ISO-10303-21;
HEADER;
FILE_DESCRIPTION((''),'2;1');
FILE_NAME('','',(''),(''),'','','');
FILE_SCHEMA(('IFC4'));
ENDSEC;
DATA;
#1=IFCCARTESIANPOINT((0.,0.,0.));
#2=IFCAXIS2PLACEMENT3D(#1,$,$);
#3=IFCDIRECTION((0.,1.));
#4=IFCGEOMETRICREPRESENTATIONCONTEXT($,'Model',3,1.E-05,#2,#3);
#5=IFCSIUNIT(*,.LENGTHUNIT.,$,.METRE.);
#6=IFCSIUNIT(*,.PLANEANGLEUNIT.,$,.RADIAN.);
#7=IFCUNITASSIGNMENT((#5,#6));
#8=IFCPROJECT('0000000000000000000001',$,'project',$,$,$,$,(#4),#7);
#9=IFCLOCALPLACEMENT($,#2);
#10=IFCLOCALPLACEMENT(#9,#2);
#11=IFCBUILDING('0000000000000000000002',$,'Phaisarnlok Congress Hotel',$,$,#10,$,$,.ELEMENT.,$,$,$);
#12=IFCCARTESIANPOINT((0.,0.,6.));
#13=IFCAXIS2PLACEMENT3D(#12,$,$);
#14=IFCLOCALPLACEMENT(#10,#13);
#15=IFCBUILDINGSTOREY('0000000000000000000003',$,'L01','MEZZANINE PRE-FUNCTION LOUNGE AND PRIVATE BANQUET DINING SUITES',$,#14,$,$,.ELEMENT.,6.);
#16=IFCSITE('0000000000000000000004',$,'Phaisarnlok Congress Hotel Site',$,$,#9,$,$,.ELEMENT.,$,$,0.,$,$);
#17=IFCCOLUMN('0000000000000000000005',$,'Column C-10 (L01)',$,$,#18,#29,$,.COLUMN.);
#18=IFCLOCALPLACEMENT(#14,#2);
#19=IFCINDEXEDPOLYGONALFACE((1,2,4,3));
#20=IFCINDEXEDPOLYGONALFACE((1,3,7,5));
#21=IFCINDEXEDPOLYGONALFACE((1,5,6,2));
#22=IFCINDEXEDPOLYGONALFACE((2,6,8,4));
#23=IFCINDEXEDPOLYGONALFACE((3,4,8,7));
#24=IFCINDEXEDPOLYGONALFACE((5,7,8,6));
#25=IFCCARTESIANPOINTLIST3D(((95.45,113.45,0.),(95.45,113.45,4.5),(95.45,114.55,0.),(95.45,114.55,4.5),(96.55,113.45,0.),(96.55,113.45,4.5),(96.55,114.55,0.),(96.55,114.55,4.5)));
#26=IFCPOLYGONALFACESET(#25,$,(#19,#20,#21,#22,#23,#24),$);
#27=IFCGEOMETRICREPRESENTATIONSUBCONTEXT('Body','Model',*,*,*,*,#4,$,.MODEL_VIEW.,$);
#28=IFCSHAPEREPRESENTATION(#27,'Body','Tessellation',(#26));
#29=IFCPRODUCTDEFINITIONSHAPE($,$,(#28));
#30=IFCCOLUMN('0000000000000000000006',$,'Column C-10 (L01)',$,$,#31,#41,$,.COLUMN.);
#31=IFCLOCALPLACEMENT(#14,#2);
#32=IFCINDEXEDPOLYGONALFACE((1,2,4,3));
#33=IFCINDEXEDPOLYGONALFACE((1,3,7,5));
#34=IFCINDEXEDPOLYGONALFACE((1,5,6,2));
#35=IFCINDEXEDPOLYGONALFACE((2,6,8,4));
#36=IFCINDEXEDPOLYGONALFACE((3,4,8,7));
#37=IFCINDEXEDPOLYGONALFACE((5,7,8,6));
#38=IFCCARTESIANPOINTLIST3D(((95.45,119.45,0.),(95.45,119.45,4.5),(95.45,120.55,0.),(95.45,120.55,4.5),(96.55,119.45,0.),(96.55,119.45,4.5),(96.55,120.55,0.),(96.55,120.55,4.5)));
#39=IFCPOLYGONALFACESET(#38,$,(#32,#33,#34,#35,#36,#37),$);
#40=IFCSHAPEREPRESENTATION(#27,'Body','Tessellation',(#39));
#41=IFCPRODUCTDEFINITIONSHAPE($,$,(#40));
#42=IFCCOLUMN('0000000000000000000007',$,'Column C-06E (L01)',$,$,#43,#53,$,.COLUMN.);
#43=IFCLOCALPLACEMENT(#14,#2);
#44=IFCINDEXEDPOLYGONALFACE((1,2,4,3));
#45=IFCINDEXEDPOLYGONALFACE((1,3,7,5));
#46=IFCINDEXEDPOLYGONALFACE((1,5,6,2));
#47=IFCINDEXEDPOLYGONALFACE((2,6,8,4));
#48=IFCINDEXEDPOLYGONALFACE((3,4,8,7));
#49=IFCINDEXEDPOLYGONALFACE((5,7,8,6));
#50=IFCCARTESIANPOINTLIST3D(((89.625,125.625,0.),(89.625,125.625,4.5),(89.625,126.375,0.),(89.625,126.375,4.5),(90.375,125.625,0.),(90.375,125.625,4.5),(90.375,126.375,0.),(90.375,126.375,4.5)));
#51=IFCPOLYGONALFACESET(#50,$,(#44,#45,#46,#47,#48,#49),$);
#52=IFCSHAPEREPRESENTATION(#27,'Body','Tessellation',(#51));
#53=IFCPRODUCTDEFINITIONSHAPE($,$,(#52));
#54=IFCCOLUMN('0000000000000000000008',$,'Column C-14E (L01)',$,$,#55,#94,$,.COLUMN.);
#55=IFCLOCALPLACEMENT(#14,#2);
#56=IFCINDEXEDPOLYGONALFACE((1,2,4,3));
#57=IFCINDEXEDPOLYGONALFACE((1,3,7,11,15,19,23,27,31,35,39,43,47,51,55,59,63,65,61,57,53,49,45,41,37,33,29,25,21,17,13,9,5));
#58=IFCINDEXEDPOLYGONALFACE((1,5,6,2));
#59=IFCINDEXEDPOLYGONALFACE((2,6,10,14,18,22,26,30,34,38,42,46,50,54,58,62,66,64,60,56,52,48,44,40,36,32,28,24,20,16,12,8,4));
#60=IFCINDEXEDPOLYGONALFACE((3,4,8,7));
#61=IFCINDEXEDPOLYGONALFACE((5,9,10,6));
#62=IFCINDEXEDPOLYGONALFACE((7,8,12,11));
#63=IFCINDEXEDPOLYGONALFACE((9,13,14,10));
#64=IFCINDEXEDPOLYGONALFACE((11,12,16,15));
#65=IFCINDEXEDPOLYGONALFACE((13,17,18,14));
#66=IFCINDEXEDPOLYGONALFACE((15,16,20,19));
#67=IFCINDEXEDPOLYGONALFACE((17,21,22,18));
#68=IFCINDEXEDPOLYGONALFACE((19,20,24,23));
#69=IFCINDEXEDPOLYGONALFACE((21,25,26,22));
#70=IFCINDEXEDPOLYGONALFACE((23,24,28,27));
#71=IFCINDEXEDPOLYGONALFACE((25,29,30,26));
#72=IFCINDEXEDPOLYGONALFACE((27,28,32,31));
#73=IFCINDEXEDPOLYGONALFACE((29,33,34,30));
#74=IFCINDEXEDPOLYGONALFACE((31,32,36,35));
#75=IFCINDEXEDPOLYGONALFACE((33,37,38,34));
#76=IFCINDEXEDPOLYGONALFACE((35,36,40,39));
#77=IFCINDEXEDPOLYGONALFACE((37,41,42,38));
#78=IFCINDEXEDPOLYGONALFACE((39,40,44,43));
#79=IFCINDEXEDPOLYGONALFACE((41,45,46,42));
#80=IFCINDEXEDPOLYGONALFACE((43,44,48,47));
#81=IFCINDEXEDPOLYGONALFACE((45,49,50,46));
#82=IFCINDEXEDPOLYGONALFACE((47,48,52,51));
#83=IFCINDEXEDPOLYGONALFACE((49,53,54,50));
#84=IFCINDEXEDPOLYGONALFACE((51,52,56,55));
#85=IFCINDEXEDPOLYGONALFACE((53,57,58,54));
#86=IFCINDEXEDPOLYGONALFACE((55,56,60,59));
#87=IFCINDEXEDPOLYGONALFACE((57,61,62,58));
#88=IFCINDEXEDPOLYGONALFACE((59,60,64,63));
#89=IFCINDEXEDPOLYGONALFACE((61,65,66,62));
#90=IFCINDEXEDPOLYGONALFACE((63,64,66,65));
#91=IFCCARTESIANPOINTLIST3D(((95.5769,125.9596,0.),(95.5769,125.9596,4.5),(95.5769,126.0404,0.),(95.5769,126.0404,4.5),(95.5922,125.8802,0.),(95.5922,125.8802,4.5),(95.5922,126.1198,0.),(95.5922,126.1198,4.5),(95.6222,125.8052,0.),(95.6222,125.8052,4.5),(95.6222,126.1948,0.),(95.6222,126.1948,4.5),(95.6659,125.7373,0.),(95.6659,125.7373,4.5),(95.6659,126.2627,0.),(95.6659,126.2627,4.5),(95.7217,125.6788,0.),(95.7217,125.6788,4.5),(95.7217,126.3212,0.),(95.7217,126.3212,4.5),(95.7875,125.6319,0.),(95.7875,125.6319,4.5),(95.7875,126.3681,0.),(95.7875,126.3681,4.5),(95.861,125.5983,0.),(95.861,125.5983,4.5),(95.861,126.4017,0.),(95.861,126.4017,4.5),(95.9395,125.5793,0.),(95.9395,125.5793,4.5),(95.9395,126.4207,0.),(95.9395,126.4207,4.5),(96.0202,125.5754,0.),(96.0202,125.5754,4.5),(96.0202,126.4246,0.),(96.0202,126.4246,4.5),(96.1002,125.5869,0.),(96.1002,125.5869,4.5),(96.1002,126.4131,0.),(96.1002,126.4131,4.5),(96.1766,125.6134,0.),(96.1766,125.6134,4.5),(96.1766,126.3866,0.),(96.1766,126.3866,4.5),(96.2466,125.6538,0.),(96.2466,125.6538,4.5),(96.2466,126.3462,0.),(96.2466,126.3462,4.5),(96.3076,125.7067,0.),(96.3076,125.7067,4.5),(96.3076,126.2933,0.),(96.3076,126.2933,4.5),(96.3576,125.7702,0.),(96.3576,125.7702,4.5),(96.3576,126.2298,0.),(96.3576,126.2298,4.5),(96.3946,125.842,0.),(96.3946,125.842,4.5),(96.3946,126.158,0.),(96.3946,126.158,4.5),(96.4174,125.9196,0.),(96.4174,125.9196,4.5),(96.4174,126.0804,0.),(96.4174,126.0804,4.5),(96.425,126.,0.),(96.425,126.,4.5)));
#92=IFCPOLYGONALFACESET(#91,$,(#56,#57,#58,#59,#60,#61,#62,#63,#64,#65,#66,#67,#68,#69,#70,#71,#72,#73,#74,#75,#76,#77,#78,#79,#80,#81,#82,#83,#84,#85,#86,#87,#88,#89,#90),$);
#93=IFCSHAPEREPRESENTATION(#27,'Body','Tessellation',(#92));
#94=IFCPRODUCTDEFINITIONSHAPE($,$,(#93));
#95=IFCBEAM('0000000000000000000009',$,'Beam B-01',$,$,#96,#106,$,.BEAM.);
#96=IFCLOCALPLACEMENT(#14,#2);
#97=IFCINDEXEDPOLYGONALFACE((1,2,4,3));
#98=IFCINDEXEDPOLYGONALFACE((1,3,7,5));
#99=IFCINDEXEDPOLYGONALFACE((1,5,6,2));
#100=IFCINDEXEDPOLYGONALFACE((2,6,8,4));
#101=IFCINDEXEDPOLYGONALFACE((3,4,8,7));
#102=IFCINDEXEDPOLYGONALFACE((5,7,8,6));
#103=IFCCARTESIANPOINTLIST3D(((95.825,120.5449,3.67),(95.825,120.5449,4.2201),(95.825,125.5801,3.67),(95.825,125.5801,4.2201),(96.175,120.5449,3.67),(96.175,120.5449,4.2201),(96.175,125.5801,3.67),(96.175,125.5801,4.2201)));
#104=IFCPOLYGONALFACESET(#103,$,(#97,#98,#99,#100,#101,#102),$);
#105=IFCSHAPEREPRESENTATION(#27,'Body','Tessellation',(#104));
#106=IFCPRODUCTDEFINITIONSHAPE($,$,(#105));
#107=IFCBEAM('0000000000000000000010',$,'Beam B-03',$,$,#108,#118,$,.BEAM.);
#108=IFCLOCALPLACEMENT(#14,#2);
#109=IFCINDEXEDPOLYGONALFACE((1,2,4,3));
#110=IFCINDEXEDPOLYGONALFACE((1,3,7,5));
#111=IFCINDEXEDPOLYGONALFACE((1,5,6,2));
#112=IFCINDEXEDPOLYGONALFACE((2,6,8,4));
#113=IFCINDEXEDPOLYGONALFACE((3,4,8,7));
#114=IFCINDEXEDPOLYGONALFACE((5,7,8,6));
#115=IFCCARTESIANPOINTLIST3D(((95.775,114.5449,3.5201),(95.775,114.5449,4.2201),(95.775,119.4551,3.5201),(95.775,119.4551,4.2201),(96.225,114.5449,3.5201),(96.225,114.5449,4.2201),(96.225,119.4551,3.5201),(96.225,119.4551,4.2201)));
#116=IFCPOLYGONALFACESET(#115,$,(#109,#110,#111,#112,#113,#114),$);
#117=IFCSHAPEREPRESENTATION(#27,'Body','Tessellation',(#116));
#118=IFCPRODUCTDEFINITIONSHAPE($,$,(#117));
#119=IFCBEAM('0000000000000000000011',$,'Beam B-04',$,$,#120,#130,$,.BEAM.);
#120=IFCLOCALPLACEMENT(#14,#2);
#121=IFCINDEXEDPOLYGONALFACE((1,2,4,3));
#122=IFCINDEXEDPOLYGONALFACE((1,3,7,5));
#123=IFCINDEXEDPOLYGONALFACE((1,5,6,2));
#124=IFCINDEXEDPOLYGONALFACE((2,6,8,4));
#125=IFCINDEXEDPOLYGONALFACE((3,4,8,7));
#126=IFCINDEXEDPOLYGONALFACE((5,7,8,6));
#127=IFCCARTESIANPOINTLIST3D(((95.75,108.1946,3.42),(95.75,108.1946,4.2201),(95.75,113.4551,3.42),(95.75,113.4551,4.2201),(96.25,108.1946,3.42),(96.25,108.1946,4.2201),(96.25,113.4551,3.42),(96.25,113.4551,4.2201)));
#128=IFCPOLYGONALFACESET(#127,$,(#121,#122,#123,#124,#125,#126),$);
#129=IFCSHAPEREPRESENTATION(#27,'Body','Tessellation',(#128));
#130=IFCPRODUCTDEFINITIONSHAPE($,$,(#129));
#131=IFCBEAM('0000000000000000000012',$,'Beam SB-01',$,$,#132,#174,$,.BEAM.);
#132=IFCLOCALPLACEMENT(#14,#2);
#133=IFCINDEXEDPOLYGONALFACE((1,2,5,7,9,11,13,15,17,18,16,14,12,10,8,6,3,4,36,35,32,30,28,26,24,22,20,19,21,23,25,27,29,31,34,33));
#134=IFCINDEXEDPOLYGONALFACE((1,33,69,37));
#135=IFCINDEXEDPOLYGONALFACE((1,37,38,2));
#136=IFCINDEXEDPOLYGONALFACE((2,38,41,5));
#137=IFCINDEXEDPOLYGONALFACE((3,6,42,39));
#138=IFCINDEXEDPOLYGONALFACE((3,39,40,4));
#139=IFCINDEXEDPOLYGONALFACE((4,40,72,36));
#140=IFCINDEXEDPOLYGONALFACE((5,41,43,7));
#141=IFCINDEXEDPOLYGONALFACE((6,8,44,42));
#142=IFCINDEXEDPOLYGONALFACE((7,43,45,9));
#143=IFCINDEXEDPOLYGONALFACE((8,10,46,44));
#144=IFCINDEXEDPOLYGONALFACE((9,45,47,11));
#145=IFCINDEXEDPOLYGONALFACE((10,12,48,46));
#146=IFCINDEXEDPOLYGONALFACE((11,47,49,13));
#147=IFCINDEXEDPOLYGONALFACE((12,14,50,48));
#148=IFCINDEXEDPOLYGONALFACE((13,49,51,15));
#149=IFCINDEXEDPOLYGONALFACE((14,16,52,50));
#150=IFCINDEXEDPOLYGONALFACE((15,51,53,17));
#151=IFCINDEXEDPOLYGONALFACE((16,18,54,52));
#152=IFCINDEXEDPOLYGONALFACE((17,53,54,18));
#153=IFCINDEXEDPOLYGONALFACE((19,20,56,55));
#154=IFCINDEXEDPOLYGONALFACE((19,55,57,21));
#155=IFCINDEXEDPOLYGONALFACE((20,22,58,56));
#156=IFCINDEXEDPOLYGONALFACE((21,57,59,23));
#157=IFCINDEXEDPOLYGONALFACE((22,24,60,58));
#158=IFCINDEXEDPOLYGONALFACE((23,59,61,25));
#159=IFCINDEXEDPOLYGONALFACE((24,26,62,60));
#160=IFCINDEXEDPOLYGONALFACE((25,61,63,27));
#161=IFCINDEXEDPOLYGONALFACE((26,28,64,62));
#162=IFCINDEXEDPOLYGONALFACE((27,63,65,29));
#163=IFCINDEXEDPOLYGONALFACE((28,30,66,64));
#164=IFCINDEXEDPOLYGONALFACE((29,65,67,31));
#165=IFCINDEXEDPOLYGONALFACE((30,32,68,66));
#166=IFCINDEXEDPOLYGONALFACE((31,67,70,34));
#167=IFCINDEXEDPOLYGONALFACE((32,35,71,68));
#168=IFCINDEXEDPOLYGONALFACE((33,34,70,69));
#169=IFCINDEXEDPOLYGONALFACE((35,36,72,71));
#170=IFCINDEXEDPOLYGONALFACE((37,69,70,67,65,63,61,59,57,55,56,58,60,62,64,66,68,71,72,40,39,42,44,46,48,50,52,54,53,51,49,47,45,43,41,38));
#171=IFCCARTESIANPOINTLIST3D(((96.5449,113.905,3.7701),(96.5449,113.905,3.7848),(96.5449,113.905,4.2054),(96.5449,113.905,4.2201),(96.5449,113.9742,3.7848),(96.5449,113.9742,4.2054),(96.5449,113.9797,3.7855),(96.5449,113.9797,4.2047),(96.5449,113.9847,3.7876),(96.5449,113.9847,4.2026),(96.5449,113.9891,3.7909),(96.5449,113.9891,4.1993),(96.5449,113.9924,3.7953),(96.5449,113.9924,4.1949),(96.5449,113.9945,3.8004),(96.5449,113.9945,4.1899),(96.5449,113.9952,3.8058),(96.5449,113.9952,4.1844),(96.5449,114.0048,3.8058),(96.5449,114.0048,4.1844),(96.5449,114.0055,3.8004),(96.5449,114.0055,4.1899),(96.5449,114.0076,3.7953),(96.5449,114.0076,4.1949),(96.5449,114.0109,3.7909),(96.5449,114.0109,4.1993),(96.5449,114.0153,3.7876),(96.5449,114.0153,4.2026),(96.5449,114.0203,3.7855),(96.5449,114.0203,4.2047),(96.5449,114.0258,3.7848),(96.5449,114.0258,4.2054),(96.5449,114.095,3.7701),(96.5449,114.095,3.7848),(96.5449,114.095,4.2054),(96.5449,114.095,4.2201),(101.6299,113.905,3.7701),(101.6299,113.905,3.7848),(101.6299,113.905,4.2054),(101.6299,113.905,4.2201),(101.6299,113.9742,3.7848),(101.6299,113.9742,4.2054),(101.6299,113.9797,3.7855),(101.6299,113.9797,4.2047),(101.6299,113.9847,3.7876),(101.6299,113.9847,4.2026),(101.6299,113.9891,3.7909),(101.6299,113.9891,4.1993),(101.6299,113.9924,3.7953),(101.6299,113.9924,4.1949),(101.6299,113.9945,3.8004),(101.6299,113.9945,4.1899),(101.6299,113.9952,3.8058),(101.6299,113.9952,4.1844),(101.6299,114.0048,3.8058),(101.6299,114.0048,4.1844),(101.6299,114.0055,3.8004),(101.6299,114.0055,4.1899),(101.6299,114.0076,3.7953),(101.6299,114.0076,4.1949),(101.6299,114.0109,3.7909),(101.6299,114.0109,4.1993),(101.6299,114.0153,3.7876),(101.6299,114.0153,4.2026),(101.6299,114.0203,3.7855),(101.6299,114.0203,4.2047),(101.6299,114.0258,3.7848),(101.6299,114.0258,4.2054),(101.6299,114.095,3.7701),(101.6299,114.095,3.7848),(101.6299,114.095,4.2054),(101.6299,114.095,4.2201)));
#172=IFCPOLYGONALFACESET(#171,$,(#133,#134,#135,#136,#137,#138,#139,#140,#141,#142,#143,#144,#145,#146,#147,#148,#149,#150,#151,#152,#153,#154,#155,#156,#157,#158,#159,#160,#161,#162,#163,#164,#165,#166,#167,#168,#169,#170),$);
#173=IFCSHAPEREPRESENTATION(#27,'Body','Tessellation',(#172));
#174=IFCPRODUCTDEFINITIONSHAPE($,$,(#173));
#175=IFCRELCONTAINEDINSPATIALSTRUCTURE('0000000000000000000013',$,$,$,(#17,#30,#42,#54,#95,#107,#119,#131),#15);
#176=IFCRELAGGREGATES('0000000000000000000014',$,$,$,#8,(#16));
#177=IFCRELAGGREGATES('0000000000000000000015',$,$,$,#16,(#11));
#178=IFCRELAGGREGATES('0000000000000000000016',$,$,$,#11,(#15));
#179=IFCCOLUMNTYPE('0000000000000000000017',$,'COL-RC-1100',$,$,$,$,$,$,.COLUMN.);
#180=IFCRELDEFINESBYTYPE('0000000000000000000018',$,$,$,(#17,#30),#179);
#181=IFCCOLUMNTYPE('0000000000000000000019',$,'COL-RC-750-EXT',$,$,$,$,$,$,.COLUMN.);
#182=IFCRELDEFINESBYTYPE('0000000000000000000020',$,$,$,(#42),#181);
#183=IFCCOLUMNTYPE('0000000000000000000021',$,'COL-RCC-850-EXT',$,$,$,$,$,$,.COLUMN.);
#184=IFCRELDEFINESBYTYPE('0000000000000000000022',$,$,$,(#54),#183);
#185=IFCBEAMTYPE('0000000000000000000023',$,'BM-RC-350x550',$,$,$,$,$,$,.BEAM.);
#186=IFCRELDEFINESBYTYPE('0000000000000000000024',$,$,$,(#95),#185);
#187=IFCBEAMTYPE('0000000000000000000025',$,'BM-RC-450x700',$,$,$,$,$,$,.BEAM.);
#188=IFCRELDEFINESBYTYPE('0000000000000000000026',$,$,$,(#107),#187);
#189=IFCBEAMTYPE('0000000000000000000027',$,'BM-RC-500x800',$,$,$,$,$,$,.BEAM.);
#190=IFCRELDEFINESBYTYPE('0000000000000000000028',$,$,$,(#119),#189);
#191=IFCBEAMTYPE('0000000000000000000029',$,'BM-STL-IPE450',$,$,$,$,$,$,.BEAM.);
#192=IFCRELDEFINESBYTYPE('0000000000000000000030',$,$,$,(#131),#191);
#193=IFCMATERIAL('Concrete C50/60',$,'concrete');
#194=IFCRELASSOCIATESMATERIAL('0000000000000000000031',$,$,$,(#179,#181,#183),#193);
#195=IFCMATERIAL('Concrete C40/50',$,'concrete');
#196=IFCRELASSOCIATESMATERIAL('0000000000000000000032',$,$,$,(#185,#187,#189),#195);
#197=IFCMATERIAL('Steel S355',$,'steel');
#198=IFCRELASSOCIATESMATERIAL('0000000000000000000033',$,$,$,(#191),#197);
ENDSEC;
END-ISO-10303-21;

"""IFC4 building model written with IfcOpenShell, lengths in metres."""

from ifc_helpers import new_model, si_unit, direction, frame, origin, origin_2d, place, context, subcontext, project, spatial, rectangle, circle, i_section, extrude, material, material_profile, profile_set, type_object, element, save


model = new_model("IFC4")

# Units and contexts
model_context = context("Model", 3, precision=1e-05, world=origin(), true_north=direction((0.0, 1.0)))
body_context = subcontext(model_context, "Body", "Model", "MODEL_VIEW")
ifc_project = project(units=[si_unit("LENGTHUNIT", "METRE"), si_unit("PLANEANGLEUNIT", "RADIAN")], contexts=[model_context])

# Site, building, storey
site_placement = place(None, origin())
site = spatial("IfcSite", under=ifc_project, at=site_placement, Name="Phaisarnlok Congress Hotel Site", CompositionType="ELEMENT", RefElevation=0.0)
building_placement = place(site_placement, origin())
building = spatial("IfcBuilding", under=site, at=building_placement, Name="Phaisarnlok Congress Hotel", CompositionType="ELEMENT")
storey_placement = place(building_placement, frame((0.0, 0.0, 6.0)))
storey = spatial("IfcBuildingStorey", under=building, at=storey_placement, Name="L01", Description="MEZZANINE PRE-FUNCTION LOUNGE AND PRIVATE BANQUET DINING SUITES", CompositionType="ELEMENT", Elevation=6.0)

# Columns
ifc_material_1 = material(Name="Concrete C50/60", Category="concrete")
ifc_material_profile_1 = material_profile(ifc_material_1, rectangle(XDim=1.1001, YDim=1.1001, at=origin_2d()), Name="RC 1100x1100")
ifc_profile_set_1 = profile_set([ifc_material_profile_1], Name="Concrete C50/60")
column_type_1 = type_object("IfcColumnType", Name="COL-RC-1100", PredefinedType="COLUMN", material=ifc_profile_set_1)
for number, where, z_axis, x_axis, name in (
    (1, (96.0, 114.0, 0.0), (0.0, 0.0, 1.0), (1.0, 0.0, 0.0), "Column C-10 (L01)"),
    (2, (96.0, 120.0, 0.0), (0.0, 0.0, 1.0), (1.0, 0.0, 0.0), "Column C-10 (L01)"),
):
    element("IfcColumn", number, at=place(storey_placement, frame(where, z_axis=z_axis, x_axis=x_axis)), inside=storey, type_object=column_type_1, Name=name, PredefinedType="COLUMN", context=body_context, shape_type="SweptSolid", body=[
        extrude(rectangle(XDim=1.1001, YDim=1.1001, at=origin_2d()), origin(), (0.0, 0.0, 1.0), 4.5),
    ])
ifc_material_profile_2 = material_profile(ifc_material_1, rectangle(XDim=0.75, YDim=0.75, at=origin_2d()), Name="RC 750x750")
ifc_profile_set_2 = profile_set([ifc_material_profile_2], Name="Concrete C50/60")
column_type_2 = type_object("IfcColumnType", Name="COL-RC-750-EXT", PredefinedType="COLUMN", material=ifc_profile_set_2)
column_1_placement = place(storey_placement, frame((90.0, 126.0, 0.0), z_axis=(0.0, 0.0, 1.0), x_axis=(1.0, 0.0, 0.0)))
element("IfcColumn", 3, at=column_1_placement, inside=storey, type_object=column_type_2, Name="Column C-06E (L01)", PredefinedType="COLUMN", context=body_context, shape_type="SweptSolid", body=[
    extrude(rectangle(XDim=0.75, YDim=0.75, at=origin_2d()), origin(), (0.0, 0.0, 1.0), 4.5),
])
ifc_material_profile_3 = material_profile(ifc_material_1, circle(Radius=0.425, at=origin_2d()), Name="RCC D850")
ifc_profile_set_3 = profile_set([ifc_material_profile_3], Name="Concrete C50/60")
column_type_3 = type_object("IfcColumnType", Name="COL-RCC-850-EXT", PredefinedType="COLUMN", material=ifc_profile_set_3)
column_2_placement = place(storey_placement, frame((96.0, 126.0, 0.0), z_axis=(0.0, 0.0, 1.0), x_axis=(1.0, 0.0, 0.0)))
element("IfcColumn", 4, at=column_2_placement, inside=storey, type_object=column_type_3, Name="Column C-14E (L01)", PredefinedType="COLUMN", context=body_context, shape_type="SweptSolid", body=[
    extrude(circle(Radius=0.425, at=origin_2d()), origin(), (0.0, 0.0, 1.0), 4.5),
])

# Beams
ifc_material_2 = material(Name="Concrete C40/50", Category="concrete")
ifc_material_profile_4 = material_profile(ifc_material_2, rectangle(XDim=0.3501, YDim=0.55, at=origin_2d()), Name="RC 350x550")
ifc_profile_set_4 = profile_set([ifc_material_profile_4], Name="Concrete C40/50")
beam_type_1 = type_object("IfcBeamType", Name="BM-RC-350x550", PredefinedType="BEAM", material=ifc_profile_set_4)
beam_1_placement = place(storey_placement, frame((96.0, 120.5449, 3.9451), z_axis=(0.0, 1.0, 0.0), x_axis=(-1.0, 0.0, 0.0)))
element("IfcBeam", 5, at=beam_1_placement, inside=storey, type_object=beam_type_1, Name="Beam B-01", PredefinedType="BEAM", context=body_context, shape_type="SweptSolid", body=[
    extrude(rectangle(XDim=0.3501, YDim=0.55, at=origin_2d()), origin(), (0.0, 0.0, 1.0), 5.0352),
])
ifc_material_profile_5 = material_profile(ifc_material_2, rectangle(XDim=0.45, YDim=0.7, at=origin_2d()), Name="RC 450x700")
ifc_profile_set_5 = profile_set([ifc_material_profile_5], Name="Concrete C40/50")
beam_type_2 = type_object("IfcBeamType", Name="BM-RC-450x700", PredefinedType="BEAM", material=ifc_profile_set_5)
beam_2_placement = place(storey_placement, frame((96.0, 114.5449, 3.8701), z_axis=(0.0, 1.0, 0.0), x_axis=(-1.0, 0.0, 0.0)))
element("IfcBeam", 6, at=beam_2_placement, inside=storey, type_object=beam_type_2, Name="Beam B-03", PredefinedType="BEAM", context=body_context, shape_type="SweptSolid", body=[
    extrude(rectangle(XDim=0.45, YDim=0.7, at=origin_2d()), origin(), (0.0, 0.0, 1.0), 4.9102),
])
ifc_material_profile_6 = material_profile(ifc_material_2, rectangle(XDim=0.5, YDim=0.8, at=origin_2d()), Name="RC 500x800")
ifc_profile_set_6 = profile_set([ifc_material_profile_6], Name="Concrete C40/50")
beam_type_3 = type_object("IfcBeamType", Name="BM-RC-500x800", PredefinedType="BEAM", material=ifc_profile_set_6)
beam_3_placement = place(storey_placement, frame((96.0, 108.1946, 3.8201), z_axis=(0.0, 1.0, 0.0), x_axis=(-1.0, 0.0, 0.0)))
element("IfcBeam", 7, at=beam_3_placement, inside=storey, type_object=beam_type_3, Name="Beam B-04", PredefinedType="BEAM", context=body_context, shape_type="SweptSolid", body=[
    extrude(rectangle(XDim=0.5, YDim=0.8, at=origin_2d()), origin(), (0.0, 0.0, 1.0), 5.2605),
])
ifc_material_3 = material(Name="Steel S355", Category="steel")
ifc_material_profile_7 = material_profile(ifc_material_3, i_section(OverallWidth=0.1899, OverallDepth=0.45, WebThickness=0.0095, FlangeThickness=0.0146, FilletRadius=0.021, at=origin_2d()), Name="IPE 450")
ifc_profile_set_7 = profile_set([ifc_material_profile_7], Name="Steel S355")
beam_type_4 = type_object("IfcBeamType", Name="BM-STL-IPE450", PredefinedType="BEAM", material=ifc_profile_set_7)
beam_4_placement = place(storey_placement, frame((96.5449, 114.0, 3.9951), z_axis=(1.0, 0.0, 0.0), x_axis=(0.0, 1.0, 0.0)))
element("IfcBeam", 8, at=beam_4_placement, inside=storey, type_object=beam_type_4, Name="Beam SB-01", PredefinedType="BEAM", context=body_context, shape_type="SweptSolid", body=[
    extrude(i_section(OverallWidth=0.1899, OverallDepth=0.45, WebThickness=0.0095, FlangeThickness=0.0146, FilletRadius=0.021, at=origin_2d()), origin(), (0.0, 0.0, 1.0), 5.085),
])

save(model, "model.ifc")
